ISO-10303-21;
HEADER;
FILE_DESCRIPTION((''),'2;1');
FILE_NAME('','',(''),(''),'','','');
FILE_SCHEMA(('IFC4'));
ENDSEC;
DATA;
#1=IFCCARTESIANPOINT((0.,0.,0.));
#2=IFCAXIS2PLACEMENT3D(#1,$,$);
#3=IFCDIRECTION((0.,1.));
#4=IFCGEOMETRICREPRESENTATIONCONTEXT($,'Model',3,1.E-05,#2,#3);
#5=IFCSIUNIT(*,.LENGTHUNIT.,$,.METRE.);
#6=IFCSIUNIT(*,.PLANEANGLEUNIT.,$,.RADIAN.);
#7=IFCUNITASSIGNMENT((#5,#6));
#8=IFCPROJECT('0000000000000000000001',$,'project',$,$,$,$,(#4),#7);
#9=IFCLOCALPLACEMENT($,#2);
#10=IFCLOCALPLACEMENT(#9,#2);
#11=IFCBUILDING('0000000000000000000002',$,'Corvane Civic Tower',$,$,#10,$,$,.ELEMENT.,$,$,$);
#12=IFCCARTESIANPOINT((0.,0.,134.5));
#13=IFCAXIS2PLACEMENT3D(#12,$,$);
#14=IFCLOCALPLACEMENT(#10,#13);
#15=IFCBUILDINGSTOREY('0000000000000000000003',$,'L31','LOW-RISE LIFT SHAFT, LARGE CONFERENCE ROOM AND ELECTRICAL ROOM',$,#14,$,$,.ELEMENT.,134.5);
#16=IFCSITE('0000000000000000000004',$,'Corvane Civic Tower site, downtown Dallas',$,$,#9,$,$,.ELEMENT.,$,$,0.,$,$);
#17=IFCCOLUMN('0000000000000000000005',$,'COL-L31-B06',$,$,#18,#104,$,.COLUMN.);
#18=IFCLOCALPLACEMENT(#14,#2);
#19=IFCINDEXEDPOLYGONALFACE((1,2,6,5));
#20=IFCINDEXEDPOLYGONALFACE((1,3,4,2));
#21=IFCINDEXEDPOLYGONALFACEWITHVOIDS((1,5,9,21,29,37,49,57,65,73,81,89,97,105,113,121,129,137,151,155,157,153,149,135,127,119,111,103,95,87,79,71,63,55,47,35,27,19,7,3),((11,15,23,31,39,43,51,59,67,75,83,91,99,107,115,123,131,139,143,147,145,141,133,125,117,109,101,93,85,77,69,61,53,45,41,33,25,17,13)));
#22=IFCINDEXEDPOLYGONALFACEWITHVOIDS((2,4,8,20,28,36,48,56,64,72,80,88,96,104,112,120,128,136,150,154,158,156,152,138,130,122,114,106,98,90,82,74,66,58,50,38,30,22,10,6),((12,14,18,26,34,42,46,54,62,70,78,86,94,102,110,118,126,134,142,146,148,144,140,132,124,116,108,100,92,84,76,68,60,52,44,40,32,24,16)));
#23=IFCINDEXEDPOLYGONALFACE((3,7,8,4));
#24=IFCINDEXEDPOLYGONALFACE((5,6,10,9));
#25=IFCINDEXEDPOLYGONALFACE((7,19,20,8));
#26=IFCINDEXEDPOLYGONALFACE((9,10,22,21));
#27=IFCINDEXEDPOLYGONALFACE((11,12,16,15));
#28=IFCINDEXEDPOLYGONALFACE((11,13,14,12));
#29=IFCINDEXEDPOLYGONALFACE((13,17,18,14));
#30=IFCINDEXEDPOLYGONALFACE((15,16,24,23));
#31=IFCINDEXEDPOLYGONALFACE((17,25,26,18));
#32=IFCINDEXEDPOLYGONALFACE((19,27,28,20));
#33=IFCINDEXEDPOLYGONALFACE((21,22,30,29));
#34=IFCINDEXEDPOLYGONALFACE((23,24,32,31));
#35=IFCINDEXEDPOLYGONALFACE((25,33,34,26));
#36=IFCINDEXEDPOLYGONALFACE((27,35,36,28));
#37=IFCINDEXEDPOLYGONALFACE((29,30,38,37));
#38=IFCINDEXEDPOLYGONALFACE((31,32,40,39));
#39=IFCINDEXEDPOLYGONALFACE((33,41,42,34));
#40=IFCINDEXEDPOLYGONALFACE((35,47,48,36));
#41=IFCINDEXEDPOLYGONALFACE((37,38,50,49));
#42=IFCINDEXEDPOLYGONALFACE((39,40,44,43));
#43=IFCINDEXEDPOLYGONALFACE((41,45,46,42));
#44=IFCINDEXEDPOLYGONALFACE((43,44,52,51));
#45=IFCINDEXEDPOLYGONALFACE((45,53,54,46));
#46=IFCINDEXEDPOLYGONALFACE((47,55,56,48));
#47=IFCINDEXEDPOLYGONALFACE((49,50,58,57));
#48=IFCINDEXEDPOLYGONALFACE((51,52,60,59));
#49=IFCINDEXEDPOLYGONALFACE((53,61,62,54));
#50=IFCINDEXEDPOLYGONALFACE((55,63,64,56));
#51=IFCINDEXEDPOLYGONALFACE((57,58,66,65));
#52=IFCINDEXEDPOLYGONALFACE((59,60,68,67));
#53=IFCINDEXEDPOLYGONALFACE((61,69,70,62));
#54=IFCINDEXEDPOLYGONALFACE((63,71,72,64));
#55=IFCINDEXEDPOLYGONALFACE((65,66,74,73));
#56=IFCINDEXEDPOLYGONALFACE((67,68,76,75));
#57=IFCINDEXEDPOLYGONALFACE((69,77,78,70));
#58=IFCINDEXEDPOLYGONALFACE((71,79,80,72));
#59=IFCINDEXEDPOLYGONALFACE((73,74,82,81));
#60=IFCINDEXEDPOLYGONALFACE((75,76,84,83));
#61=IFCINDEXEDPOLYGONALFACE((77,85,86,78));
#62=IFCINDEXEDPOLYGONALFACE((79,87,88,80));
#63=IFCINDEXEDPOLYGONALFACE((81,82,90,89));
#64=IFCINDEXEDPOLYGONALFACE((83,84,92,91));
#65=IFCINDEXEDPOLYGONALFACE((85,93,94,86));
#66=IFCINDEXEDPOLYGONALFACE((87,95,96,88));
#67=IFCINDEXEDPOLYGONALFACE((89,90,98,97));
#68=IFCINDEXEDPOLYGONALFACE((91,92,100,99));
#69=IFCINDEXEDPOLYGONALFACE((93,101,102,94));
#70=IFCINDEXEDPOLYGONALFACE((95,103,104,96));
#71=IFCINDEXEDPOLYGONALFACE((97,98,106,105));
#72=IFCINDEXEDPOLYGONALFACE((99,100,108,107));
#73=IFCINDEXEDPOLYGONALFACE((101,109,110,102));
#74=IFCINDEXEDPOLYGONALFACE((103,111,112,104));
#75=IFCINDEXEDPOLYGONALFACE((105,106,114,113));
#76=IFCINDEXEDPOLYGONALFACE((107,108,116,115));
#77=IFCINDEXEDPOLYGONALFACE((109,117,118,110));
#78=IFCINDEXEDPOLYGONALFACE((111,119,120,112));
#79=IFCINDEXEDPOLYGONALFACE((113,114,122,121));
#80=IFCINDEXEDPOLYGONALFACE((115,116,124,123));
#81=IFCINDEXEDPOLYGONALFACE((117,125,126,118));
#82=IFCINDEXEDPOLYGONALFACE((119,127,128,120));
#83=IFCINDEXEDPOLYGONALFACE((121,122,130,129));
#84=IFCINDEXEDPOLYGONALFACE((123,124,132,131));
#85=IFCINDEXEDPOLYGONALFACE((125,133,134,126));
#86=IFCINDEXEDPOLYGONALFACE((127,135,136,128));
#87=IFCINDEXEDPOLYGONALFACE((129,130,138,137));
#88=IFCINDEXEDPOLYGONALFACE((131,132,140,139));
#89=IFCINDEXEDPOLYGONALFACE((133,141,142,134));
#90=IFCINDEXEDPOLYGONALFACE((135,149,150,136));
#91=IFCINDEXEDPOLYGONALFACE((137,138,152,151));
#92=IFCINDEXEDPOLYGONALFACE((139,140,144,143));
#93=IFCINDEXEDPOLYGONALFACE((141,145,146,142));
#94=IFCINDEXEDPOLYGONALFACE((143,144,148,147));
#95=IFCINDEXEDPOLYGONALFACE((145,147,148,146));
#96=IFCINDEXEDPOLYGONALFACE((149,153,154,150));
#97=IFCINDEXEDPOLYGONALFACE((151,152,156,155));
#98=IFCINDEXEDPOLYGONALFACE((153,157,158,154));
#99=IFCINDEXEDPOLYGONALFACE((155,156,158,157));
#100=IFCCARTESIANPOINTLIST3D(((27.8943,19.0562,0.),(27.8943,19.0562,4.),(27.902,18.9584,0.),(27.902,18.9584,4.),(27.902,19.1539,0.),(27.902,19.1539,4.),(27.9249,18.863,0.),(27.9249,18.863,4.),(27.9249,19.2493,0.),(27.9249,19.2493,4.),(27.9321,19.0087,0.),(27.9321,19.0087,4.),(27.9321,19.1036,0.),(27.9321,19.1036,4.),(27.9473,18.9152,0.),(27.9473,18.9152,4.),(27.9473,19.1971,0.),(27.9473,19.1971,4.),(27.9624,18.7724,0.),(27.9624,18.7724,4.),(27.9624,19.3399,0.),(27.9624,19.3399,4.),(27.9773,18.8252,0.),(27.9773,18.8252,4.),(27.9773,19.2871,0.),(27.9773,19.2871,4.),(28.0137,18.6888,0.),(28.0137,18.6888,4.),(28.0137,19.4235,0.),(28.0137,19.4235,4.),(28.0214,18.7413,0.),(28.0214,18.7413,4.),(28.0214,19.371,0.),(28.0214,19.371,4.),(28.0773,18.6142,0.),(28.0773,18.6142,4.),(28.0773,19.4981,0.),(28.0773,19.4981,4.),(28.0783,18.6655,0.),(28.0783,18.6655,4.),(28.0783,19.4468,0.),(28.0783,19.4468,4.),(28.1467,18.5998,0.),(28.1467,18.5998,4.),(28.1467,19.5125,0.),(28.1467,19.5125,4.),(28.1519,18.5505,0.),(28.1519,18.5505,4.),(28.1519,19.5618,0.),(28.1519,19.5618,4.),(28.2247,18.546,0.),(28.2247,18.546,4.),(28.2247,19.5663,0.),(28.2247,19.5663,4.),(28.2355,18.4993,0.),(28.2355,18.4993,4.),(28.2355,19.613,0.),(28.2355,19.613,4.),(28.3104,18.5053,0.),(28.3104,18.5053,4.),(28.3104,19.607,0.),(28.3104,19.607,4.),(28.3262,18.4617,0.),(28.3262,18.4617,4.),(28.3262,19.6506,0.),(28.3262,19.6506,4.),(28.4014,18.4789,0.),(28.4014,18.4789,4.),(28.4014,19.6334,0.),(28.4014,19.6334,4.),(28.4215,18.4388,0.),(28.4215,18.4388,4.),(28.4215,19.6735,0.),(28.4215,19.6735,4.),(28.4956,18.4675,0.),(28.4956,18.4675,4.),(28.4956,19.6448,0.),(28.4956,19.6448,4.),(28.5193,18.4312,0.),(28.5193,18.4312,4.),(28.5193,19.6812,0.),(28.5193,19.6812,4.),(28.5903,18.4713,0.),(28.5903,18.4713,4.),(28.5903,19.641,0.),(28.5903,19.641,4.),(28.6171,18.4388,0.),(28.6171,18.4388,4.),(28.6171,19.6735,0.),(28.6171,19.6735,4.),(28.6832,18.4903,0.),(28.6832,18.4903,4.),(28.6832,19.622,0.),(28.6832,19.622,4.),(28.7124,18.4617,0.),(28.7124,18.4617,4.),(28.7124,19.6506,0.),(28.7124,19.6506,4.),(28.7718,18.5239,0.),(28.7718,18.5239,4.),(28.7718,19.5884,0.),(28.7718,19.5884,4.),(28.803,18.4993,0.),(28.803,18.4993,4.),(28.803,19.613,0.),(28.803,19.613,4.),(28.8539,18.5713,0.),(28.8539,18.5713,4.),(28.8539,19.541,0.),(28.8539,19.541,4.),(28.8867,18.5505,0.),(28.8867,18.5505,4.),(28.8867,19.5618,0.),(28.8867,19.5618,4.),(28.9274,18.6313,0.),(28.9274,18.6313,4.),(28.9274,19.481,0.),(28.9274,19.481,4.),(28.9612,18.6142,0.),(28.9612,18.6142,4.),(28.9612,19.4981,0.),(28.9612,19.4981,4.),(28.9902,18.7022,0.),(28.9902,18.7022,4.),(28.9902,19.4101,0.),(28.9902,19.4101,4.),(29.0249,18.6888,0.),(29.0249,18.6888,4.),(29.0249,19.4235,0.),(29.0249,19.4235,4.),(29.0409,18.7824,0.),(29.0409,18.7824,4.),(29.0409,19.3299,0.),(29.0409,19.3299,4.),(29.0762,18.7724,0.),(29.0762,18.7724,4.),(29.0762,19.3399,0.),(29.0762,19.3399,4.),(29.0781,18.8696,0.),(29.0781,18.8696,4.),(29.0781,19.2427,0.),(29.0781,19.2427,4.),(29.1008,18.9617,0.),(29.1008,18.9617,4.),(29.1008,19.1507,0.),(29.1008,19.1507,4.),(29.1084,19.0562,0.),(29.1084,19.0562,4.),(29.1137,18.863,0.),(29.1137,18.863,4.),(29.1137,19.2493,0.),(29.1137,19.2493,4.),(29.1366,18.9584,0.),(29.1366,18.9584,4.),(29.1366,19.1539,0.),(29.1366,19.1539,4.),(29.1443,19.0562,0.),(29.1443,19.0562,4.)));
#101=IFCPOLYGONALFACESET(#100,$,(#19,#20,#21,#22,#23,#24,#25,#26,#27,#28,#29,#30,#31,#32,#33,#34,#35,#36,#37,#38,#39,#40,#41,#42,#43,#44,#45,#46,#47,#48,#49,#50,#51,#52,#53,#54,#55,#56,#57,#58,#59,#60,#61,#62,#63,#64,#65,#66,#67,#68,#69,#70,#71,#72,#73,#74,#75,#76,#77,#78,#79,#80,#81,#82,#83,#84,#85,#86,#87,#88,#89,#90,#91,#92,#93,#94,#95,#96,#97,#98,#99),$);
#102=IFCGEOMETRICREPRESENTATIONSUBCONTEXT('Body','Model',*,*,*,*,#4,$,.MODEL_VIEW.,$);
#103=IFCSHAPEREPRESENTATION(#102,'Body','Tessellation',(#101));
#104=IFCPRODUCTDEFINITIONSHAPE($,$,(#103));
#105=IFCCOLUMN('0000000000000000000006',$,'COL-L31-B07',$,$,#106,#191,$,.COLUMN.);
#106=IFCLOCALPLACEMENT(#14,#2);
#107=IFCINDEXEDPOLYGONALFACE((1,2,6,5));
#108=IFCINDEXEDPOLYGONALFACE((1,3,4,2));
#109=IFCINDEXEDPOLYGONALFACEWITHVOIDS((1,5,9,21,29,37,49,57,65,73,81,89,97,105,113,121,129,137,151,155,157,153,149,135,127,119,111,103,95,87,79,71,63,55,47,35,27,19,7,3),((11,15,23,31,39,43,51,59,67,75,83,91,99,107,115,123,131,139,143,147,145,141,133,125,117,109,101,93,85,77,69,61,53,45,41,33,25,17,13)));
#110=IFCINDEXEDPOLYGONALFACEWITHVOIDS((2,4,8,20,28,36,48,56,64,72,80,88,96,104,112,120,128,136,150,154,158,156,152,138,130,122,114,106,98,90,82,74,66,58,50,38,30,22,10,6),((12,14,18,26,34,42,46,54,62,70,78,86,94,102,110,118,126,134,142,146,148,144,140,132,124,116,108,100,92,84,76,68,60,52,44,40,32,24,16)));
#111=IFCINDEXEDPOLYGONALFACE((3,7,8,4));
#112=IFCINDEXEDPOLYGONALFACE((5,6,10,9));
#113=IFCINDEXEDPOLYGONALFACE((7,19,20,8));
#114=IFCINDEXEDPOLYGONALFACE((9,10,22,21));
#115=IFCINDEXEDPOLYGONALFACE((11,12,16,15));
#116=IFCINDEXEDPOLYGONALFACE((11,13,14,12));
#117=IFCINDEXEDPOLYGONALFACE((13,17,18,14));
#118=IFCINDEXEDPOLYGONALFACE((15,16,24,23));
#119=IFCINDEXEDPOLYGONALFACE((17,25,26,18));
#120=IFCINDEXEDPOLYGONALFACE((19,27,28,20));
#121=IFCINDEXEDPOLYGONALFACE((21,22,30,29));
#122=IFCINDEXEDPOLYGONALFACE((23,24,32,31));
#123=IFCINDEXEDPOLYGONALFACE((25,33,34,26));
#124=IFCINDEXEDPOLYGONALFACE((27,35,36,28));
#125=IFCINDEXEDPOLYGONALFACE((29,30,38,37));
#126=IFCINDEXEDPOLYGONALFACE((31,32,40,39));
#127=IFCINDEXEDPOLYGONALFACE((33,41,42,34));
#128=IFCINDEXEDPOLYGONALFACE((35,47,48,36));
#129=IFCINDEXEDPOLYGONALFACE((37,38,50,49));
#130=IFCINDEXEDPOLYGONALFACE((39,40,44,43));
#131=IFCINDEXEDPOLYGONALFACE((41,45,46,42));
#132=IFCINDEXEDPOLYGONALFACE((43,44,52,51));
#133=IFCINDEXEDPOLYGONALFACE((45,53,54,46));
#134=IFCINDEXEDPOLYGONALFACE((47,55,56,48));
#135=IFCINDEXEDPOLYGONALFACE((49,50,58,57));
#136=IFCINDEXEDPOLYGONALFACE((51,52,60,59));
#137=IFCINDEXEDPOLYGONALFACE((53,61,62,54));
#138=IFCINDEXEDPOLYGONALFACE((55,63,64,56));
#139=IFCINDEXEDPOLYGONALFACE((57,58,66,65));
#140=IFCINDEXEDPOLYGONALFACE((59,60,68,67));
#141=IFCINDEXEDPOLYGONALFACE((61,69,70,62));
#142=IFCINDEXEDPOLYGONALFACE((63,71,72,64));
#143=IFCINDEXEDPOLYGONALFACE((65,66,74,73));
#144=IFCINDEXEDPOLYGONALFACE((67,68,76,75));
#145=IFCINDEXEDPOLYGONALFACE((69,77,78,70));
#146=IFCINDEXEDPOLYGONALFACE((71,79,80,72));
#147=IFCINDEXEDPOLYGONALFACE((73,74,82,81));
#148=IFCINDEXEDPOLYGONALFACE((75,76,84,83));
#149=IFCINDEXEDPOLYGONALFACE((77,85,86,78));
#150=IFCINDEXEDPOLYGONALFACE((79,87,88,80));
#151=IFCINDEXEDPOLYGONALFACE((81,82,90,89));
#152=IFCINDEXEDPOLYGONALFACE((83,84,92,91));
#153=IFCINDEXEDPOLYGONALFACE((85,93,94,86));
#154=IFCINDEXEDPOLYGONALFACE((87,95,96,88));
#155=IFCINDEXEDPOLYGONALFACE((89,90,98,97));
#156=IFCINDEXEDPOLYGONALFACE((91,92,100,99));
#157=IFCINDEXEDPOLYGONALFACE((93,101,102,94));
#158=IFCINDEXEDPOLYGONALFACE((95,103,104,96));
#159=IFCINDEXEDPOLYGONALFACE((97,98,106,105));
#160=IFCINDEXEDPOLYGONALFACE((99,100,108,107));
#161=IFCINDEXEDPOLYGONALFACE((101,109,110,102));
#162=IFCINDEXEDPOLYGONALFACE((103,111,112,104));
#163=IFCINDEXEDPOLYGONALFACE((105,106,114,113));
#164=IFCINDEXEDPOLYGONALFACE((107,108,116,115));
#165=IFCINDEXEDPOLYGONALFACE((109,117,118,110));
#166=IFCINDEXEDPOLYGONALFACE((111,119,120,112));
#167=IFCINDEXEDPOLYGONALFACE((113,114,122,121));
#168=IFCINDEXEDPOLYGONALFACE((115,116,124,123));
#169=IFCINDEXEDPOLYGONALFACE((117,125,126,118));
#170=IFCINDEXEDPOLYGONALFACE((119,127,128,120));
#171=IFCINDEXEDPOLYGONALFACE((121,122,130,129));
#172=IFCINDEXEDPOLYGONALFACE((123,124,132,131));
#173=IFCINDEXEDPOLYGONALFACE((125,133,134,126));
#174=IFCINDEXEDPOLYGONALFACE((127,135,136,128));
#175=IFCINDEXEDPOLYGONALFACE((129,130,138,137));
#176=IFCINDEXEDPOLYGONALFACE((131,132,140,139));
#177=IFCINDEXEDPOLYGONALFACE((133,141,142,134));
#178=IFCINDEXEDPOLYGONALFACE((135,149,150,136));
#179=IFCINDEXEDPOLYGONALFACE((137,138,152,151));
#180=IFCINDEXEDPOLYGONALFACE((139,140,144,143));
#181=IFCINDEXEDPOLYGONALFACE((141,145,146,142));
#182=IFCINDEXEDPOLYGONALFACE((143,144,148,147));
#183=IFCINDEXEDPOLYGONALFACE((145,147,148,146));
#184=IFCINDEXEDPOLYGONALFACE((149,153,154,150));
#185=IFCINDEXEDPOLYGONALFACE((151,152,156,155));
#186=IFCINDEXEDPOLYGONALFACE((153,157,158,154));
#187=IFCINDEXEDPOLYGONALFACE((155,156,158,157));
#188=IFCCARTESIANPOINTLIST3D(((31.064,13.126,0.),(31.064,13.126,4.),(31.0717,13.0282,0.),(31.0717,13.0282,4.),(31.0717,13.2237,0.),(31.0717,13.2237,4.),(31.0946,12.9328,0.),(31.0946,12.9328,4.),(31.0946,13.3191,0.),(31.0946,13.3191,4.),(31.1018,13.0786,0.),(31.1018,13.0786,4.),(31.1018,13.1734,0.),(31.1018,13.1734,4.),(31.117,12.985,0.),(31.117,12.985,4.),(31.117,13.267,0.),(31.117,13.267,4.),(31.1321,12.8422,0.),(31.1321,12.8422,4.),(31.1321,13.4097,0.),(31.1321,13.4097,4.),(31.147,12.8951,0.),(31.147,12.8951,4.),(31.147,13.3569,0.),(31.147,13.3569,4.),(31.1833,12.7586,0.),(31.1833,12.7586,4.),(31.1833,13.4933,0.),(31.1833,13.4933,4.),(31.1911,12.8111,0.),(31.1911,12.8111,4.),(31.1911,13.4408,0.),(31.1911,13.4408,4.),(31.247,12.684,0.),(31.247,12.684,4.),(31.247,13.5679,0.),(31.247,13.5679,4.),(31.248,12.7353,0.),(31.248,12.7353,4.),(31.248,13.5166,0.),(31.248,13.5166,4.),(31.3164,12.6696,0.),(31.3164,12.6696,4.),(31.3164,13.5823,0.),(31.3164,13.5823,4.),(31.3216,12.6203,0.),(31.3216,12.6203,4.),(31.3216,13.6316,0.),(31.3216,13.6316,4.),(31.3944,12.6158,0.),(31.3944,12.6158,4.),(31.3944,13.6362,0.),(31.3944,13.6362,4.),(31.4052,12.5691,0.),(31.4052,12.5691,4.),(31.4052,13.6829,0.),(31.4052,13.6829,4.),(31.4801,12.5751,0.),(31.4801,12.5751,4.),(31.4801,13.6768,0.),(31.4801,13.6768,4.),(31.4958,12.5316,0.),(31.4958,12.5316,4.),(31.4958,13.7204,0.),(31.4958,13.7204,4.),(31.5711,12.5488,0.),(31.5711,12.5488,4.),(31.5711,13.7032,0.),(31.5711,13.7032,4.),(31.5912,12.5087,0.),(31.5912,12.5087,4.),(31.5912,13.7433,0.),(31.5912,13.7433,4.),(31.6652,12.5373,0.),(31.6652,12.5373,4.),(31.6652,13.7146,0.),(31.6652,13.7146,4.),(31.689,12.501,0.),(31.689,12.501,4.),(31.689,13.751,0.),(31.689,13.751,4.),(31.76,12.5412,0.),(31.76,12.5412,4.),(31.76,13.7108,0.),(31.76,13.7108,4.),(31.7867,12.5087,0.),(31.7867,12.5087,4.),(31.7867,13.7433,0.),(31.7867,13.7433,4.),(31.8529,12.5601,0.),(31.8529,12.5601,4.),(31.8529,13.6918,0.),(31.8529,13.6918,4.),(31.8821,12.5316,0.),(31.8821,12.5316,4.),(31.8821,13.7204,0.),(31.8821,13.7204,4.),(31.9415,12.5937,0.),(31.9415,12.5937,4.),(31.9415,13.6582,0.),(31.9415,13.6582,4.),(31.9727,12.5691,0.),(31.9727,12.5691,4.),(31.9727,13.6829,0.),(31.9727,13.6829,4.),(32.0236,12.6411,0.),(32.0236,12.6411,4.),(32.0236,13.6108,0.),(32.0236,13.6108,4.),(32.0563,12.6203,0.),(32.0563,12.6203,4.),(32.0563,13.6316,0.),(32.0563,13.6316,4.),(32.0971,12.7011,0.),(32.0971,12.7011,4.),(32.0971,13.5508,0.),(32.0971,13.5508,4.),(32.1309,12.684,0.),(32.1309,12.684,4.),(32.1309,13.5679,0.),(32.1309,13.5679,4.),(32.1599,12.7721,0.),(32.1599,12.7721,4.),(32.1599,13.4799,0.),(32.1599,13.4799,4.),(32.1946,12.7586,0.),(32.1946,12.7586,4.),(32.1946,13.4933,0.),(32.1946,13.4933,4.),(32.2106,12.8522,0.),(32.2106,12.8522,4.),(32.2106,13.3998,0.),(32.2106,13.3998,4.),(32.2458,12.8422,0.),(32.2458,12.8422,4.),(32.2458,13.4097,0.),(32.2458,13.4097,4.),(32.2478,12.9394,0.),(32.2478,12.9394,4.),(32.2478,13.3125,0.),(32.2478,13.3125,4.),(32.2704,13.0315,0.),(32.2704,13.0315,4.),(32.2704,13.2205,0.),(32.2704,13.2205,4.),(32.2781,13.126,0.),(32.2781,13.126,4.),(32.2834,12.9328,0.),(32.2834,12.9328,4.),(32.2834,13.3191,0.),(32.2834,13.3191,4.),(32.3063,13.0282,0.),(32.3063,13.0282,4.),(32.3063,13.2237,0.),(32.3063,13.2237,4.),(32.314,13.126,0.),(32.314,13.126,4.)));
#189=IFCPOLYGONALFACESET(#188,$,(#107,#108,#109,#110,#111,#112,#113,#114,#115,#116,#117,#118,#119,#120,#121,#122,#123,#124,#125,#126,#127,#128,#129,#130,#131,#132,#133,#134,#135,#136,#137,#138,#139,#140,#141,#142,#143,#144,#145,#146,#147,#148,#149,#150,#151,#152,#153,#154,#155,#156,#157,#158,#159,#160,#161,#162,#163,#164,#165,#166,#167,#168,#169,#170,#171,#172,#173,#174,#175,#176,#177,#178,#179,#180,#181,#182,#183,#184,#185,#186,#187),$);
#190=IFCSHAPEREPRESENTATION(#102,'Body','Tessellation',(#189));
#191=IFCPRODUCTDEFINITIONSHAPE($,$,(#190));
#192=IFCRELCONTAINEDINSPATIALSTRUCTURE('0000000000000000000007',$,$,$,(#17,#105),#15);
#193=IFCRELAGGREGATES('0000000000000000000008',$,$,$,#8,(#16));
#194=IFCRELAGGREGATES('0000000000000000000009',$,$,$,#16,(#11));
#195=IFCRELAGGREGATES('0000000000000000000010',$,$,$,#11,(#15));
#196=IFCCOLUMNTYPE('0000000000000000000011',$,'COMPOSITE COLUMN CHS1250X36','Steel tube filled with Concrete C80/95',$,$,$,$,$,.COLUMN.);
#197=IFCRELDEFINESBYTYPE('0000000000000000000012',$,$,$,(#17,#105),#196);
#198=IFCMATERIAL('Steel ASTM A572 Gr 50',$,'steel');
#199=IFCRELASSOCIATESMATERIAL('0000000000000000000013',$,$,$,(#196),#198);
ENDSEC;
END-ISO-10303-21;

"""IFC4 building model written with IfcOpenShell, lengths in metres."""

from ifc_helpers import new_model, si_unit, direction, frame, origin, origin_2d, place, context, subcontext, project, spatial, hollow_circle, extrude, material, material_profile, profile_set, type_object, element, save


model = new_model("IFC4")

# Units and contexts
model_context = context("Model", 3, precision=1e-05, world=origin(), true_north=direction((0.0, 1.0)))
body_context = subcontext(model_context, "Body", "Model", "MODEL_VIEW")
ifc_project = project(units=[si_unit("LENGTHUNIT", "METRE"), si_unit("PLANEANGLEUNIT", "RADIAN")], contexts=[model_context])

# Site, building, storey
site_placement = place(None, origin())
site = spatial("IfcSite", under=ifc_project, at=site_placement, Name="Corvane Civic Tower site, downtown Dallas", CompositionType="ELEMENT", RefElevation=0.0)
building_placement = place(site_placement, origin())
building = spatial("IfcBuilding", under=site, at=building_placement, Name="Corvane Civic Tower", CompositionType="ELEMENT")
storey_placement = place(building_placement, frame((0.0, 0.0, 134.5)))
storey = spatial("IfcBuildingStorey", under=building, at=storey_placement, Name="L31", Description="LOW-RISE LIFT SHAFT, LARGE CONFERENCE ROOM AND ELECTRICAL ROOM", CompositionType="ELEMENT", Elevation=134.5)

# Columns
ifc_material_1 = material(Name="Steel ASTM A572 Gr 50", Category="steel")
ifc_material_profile_1 = material_profile(ifc_material_1, hollow_circle(Radius=0.625, WallThickness=0.0359, at=origin_2d()), Name="CHS1250X36")
ifc_profile_set_1 = profile_set([ifc_material_profile_1], Name="Steel ASTM A572 Gr 50")
column_type = type_object("IfcColumnType", Name="COMPOSITE COLUMN CHS1250X36", Description="Steel tube filled with Concrete C80/95", PredefinedType="COLUMN", material=ifc_profile_set_1)
for number, where, z_axis, x_axis, name in (
    (1, (28.5193, 19.0562, 0.0), (0.0, 0.0, 1.0), (1.0, 0.0, 0.0), "COL-L31-B06"),
    (2, (31.689, 13.126, 0.0), (0.0, 0.0, 1.0), (1.0, 0.0, 0.0), "COL-L31-B07"),
):
    element("IfcColumn", number, at=place(storey_placement, frame(where, z_axis=z_axis, x_axis=x_axis)), inside=storey, type_object=column_type, Name=name, PredefinedType="COLUMN", context=body_context, shape_type="SweptSolid", body=[
        extrude(hollow_circle(Radius=0.625, WallThickness=0.0359, at=origin_2d()), origin(), (0.0, 0.0, 1.0), 4.0),
    ])

save(model, "model.ifc")
